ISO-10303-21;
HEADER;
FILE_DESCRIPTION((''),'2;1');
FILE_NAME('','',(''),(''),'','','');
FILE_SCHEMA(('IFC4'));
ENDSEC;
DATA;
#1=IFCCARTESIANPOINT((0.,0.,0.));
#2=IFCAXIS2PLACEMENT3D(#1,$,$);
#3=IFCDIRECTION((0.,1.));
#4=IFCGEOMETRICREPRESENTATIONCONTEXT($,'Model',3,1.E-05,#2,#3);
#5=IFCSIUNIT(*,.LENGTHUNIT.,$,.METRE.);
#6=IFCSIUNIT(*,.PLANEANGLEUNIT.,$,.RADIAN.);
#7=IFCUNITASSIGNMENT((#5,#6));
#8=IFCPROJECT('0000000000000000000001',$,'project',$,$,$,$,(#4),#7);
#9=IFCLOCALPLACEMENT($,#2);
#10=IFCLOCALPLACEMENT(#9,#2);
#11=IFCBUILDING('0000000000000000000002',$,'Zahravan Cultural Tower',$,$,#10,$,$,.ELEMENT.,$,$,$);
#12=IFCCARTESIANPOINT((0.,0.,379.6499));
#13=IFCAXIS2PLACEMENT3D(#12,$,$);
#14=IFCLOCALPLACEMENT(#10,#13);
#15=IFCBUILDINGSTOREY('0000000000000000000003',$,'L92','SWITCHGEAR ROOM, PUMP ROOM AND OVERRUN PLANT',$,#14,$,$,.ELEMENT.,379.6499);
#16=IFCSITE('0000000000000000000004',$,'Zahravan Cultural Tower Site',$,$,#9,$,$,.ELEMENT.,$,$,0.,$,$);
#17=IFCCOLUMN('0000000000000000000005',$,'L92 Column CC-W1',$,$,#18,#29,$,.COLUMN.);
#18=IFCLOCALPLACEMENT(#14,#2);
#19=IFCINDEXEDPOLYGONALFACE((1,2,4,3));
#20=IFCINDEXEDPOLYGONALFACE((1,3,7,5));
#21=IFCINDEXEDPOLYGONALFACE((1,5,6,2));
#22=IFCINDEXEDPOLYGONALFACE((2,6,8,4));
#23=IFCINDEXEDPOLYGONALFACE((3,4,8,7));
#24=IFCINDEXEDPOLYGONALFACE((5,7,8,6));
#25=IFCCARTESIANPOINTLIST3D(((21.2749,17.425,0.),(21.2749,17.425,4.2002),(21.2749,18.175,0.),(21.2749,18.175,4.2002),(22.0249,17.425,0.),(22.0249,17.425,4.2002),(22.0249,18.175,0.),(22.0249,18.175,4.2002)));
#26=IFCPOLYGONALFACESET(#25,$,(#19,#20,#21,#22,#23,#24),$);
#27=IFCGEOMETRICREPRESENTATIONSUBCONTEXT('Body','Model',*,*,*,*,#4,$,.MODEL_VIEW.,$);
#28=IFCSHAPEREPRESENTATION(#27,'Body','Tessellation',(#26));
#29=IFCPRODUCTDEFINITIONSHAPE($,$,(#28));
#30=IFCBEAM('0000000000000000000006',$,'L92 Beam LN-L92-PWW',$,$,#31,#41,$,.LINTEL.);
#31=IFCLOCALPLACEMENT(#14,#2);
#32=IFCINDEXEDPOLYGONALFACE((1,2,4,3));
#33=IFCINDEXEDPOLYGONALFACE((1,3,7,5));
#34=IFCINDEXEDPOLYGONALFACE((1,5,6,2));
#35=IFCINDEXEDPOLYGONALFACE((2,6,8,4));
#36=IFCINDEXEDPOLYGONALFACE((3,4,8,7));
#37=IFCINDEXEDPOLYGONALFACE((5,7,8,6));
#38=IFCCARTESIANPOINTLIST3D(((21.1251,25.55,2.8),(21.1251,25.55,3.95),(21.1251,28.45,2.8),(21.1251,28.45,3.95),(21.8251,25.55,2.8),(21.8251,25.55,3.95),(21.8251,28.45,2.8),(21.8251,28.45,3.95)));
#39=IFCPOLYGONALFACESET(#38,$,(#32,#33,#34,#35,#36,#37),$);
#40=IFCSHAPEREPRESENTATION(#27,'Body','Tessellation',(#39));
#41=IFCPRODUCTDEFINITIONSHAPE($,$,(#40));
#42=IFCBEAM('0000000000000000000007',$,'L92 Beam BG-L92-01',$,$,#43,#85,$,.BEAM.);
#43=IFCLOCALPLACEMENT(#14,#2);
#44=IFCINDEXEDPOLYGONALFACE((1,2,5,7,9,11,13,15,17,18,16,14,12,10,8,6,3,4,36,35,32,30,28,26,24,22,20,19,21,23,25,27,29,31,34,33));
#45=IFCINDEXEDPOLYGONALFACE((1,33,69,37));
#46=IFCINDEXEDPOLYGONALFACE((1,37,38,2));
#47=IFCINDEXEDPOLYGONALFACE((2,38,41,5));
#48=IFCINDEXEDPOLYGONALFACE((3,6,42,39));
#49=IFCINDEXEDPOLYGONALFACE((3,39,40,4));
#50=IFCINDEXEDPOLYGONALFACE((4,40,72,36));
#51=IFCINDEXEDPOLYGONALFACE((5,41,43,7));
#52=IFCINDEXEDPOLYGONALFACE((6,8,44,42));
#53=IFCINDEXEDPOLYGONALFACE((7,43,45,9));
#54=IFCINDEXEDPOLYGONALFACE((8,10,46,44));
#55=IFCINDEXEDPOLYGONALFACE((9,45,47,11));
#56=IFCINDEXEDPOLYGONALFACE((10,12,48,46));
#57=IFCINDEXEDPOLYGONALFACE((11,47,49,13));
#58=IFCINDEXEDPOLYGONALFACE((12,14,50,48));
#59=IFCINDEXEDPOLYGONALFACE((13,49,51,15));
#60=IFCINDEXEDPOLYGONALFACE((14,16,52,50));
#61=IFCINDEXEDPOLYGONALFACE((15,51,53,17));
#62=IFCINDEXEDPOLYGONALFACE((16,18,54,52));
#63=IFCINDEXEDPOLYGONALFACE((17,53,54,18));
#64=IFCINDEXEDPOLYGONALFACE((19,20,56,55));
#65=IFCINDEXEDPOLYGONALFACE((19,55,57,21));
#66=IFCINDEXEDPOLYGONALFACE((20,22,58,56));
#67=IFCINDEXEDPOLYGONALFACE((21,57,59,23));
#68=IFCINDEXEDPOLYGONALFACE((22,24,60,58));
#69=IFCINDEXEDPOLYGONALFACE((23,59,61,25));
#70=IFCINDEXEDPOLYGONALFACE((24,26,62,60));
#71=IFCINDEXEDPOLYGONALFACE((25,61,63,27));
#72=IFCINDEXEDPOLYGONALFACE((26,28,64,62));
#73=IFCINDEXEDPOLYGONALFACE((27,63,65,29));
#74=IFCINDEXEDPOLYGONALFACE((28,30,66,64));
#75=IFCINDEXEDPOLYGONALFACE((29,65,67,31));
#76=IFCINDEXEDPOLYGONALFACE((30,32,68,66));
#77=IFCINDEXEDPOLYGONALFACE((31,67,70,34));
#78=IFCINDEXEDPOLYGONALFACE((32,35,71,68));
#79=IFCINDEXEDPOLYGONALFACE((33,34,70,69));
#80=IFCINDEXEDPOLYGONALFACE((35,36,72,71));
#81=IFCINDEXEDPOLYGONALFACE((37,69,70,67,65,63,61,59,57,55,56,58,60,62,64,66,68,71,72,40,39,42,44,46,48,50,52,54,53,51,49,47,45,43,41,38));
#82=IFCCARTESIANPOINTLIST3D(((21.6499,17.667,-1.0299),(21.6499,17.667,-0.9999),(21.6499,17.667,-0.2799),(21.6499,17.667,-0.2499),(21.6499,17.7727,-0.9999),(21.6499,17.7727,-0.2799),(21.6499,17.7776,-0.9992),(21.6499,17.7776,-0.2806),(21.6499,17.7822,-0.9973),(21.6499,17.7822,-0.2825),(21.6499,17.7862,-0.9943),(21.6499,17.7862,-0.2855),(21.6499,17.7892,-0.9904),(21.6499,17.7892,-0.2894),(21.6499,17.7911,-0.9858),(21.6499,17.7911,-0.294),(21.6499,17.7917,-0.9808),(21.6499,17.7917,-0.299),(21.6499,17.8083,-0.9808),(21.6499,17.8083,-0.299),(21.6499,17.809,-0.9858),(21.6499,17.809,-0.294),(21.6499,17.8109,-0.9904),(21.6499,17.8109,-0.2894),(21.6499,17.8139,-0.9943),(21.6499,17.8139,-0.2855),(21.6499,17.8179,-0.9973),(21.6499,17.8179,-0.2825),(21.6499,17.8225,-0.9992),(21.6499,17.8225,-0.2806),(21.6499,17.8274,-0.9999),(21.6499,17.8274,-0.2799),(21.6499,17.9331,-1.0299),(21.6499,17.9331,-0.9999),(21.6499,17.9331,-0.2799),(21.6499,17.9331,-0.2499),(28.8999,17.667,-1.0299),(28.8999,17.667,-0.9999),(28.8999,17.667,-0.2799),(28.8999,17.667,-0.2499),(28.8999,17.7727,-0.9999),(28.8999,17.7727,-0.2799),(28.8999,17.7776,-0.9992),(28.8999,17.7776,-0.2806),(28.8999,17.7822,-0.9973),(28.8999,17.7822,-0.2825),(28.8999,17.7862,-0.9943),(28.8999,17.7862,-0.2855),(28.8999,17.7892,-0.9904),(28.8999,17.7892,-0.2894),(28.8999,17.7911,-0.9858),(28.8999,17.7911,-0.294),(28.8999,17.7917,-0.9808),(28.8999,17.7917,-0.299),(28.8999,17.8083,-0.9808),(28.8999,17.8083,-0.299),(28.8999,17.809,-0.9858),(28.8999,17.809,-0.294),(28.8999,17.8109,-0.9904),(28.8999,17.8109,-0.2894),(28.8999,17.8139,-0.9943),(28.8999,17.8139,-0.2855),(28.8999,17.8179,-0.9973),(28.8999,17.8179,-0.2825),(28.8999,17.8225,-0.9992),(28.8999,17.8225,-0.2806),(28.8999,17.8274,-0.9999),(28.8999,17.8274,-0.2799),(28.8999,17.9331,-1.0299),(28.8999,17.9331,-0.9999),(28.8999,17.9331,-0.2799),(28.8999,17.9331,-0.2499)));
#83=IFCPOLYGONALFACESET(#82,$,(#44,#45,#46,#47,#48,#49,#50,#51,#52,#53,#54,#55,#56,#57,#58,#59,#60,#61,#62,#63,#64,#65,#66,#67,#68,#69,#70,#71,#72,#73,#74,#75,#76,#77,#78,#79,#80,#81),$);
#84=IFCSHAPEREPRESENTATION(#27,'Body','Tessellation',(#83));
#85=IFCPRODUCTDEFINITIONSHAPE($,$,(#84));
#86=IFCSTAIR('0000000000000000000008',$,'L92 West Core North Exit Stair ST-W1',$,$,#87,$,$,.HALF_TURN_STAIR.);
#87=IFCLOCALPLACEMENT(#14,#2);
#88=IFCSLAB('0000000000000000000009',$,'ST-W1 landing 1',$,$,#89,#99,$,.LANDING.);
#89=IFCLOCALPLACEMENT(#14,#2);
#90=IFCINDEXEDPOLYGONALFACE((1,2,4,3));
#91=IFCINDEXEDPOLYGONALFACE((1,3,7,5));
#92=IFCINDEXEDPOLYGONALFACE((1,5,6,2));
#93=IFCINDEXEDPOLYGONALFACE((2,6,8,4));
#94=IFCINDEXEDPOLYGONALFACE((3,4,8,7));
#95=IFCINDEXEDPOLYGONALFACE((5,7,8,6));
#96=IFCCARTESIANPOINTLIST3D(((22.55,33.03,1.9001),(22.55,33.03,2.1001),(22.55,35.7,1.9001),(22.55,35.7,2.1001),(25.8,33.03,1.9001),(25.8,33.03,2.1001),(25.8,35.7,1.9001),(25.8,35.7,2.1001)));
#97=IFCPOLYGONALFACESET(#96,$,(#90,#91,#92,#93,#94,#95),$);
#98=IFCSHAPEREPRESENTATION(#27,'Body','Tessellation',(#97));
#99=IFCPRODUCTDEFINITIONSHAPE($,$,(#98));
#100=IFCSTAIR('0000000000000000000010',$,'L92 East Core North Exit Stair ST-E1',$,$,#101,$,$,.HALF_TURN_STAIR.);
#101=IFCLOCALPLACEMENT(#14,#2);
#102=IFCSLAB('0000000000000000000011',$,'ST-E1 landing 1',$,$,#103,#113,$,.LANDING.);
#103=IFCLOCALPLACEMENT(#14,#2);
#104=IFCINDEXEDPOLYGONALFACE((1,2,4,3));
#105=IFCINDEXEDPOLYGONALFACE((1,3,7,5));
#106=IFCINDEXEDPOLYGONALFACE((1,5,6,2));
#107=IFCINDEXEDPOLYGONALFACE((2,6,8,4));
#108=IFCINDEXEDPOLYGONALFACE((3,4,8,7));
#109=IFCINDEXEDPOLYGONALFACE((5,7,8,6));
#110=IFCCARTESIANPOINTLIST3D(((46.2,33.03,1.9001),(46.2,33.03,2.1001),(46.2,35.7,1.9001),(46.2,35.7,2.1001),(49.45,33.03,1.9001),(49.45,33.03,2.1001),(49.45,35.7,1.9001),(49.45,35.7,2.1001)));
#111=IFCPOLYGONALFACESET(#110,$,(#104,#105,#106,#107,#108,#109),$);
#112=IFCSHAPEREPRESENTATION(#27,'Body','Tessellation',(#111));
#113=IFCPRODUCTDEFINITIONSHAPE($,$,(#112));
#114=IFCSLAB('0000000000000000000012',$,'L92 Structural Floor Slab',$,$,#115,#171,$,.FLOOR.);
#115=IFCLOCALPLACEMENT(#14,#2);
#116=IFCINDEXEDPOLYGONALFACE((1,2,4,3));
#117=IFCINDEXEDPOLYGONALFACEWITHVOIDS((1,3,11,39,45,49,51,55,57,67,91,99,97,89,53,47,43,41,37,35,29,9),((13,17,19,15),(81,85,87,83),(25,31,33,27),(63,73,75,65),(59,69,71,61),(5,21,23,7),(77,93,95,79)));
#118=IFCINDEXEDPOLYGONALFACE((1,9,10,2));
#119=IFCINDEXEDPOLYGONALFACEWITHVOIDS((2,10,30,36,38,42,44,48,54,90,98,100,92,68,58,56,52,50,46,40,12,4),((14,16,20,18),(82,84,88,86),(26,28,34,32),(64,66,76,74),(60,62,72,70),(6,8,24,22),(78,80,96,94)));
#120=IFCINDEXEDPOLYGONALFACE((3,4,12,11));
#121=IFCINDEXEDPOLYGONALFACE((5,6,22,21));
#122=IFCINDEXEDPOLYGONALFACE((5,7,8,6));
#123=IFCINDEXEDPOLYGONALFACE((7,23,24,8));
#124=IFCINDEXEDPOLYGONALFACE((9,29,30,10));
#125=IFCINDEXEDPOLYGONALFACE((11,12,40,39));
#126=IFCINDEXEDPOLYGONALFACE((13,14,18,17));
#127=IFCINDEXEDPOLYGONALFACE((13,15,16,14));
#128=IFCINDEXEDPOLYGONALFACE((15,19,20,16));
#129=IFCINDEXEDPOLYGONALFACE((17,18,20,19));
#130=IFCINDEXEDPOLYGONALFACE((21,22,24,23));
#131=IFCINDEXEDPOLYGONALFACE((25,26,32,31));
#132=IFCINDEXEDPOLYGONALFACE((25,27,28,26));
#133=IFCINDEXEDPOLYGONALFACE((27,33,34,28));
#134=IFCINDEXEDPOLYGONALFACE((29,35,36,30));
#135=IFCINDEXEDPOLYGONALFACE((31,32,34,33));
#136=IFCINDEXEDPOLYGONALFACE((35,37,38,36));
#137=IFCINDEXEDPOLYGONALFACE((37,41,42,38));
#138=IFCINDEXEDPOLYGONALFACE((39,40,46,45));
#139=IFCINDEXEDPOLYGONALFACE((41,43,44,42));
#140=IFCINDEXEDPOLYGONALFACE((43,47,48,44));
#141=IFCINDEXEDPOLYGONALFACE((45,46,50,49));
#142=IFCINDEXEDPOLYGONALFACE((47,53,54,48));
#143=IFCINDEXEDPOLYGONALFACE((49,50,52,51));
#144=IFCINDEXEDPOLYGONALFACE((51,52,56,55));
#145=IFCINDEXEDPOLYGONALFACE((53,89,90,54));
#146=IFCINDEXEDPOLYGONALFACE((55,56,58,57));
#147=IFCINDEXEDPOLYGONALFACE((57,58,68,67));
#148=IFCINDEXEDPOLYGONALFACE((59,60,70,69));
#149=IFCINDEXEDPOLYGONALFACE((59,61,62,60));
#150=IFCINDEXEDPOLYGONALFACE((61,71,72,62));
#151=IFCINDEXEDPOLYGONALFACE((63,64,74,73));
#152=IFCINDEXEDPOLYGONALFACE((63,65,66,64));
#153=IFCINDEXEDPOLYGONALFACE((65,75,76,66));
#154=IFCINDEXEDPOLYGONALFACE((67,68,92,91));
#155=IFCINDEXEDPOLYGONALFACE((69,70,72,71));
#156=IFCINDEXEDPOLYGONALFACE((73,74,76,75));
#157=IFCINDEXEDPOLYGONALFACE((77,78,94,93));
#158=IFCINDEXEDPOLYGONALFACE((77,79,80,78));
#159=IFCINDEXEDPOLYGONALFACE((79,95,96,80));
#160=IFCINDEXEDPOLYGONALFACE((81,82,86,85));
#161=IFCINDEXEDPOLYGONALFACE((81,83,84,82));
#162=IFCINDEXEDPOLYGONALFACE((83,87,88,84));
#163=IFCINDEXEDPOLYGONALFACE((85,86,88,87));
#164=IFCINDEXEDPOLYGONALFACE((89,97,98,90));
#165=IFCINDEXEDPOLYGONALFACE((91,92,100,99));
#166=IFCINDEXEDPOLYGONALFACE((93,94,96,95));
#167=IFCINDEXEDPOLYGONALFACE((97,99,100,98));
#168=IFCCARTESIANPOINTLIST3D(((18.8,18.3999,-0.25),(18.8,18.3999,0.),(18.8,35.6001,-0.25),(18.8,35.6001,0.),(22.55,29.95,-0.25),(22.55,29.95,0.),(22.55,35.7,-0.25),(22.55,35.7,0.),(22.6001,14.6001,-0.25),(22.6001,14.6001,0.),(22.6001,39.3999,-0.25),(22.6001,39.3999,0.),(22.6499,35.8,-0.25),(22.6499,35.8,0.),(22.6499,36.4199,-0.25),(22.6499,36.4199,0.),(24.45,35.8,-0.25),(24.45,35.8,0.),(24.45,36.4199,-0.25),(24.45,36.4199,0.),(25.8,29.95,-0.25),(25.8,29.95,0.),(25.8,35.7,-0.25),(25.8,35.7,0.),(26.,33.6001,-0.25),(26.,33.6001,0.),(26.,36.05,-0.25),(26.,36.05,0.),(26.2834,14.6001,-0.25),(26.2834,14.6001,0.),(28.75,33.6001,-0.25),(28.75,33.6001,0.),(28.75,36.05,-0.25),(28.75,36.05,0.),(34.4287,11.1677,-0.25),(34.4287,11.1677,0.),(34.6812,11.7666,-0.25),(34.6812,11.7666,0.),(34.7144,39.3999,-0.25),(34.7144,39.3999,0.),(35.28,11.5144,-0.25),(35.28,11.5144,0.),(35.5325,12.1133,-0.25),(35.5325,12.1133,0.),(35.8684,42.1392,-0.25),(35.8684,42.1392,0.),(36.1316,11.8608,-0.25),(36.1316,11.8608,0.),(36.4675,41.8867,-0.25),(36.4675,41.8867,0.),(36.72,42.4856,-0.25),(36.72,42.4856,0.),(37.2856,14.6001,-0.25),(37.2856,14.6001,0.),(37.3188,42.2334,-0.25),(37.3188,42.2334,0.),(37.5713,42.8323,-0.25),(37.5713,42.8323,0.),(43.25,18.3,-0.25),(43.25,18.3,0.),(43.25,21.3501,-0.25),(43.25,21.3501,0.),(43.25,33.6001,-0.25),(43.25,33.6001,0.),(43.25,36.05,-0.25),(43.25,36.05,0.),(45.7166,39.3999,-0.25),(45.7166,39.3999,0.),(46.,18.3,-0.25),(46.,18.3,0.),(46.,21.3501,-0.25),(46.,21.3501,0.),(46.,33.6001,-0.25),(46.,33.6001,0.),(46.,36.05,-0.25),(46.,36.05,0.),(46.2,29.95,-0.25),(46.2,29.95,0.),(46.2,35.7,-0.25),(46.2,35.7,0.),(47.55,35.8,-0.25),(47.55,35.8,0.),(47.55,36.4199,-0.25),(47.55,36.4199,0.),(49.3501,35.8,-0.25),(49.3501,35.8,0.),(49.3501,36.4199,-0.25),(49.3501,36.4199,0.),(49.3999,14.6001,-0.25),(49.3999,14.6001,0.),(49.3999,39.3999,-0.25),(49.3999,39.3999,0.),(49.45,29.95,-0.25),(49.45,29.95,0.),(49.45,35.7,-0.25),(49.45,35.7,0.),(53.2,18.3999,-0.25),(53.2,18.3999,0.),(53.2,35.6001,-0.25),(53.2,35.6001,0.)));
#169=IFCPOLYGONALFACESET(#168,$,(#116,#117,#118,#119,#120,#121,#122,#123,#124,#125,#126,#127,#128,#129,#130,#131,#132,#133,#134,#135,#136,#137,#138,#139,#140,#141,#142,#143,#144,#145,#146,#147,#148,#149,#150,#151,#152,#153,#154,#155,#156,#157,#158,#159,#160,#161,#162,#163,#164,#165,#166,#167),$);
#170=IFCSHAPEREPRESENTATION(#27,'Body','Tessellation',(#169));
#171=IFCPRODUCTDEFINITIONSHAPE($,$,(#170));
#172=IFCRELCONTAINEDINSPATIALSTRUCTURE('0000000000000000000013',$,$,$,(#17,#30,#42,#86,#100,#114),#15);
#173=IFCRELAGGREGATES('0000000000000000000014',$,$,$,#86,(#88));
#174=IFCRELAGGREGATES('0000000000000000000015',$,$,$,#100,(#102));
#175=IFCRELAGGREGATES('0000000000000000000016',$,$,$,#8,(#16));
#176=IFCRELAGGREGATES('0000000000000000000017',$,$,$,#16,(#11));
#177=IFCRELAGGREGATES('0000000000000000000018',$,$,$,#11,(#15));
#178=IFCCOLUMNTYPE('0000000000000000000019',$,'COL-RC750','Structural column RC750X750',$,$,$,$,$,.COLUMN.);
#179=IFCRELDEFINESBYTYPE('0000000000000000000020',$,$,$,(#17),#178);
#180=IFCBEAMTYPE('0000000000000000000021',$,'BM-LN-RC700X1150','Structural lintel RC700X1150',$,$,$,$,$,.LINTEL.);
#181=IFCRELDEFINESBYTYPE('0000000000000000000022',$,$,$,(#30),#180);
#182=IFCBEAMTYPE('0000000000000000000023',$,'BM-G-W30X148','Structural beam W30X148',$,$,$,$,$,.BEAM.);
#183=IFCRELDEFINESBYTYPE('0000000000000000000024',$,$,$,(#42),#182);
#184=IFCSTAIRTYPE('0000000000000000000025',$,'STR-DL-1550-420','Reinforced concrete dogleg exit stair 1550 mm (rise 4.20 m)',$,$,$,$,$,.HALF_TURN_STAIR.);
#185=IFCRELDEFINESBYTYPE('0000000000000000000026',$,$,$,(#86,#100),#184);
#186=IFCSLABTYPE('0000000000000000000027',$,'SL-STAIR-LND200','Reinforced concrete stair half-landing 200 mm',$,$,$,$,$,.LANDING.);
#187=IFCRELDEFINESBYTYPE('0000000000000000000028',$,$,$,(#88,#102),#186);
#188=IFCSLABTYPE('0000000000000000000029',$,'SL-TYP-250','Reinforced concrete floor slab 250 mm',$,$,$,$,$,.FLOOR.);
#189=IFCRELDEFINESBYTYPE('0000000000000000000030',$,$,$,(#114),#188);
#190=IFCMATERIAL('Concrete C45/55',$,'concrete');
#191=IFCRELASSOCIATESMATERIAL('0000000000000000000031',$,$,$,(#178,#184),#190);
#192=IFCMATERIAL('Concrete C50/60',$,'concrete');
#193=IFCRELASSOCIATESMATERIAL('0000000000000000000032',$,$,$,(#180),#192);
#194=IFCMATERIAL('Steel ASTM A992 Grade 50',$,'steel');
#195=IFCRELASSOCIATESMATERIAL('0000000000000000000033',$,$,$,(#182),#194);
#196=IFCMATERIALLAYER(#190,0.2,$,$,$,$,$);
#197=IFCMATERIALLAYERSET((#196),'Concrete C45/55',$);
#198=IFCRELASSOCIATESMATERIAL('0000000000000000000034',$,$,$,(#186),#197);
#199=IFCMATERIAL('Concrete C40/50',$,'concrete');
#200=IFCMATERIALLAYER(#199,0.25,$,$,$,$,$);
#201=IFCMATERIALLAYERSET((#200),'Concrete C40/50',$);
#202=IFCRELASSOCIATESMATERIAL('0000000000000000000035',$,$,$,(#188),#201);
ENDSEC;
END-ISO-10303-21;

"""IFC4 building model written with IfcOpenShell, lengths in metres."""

from ifc_helpers import new_model, si_unit, direction, frame, origin, origin_2d, place, context, subcontext, project, spatial, polyline, rectangle, i_section, outline, extrude, source, transform, mapped, material, layer, layer_set, material_profile, profile_set, type_object, element, aggregate, save


model = new_model("IFC4")

# Units and contexts
model_context = context("Model", 3, precision=1e-05, world=origin(), true_north=direction((0.0, 1.0)))
body_context = subcontext(model_context, "Body", "Model", "MODEL_VIEW")
ifc_project = project(units=[si_unit("LENGTHUNIT", "METRE"), si_unit("PLANEANGLEUNIT", "RADIAN")], contexts=[model_context])

# Site, building, storey
site_placement = place(None, origin())
site = spatial("IfcSite", under=ifc_project, at=site_placement, Name="Zahravan Cultural Tower Site", CompositionType="ELEMENT", RefElevation=0.0)
building_placement = place(site_placement, origin())
building = spatial("IfcBuilding", under=site, at=building_placement, Name="Zahravan Cultural Tower", CompositionType="ELEMENT")
storey_placement = place(building_placement, frame((0.0, 0.0, 379.6499)))
storey = spatial("IfcBuildingStorey", under=building, at=storey_placement, Name="L92", Description="SWITCHGEAR ROOM, PUMP ROOM AND OVERRUN PLANT", CompositionType="ELEMENT", Elevation=379.6499)

# Column
ifc_material_1 = material(Name="Concrete C45/55", Category="concrete")
ifc_material_profile_1 = material_profile(ifc_material_1, rectangle(XDim=0.75, YDim=0.75, at=origin_2d()), Name="RC750X750")
ifc_profile_set_1 = profile_set([ifc_material_profile_1], Name="Concrete C45/55")
column_type = type_object("IfcColumnType", Name="COL-RC750", Description="Structural column RC750X750", PredefinedType="COLUMN", material=ifc_profile_set_1)
shared_shape_1 = source(origin(), body_context, "Body", "SweptSolid", [
    extrude(rectangle(XDim=0.75, YDim=0.75, at=origin_2d()), origin(), (0.0, 0.0, 1.0), 4.2002),
])
column_placement = place(storey_placement, frame((21.6499, 17.8, 0.0), z_axis=(0.0, 0.0, 1.0), x_axis=(1.0, 0.0, 0.0)))
element("IfcColumn", 1, at=column_placement, inside=storey, type_object=column_type, Name="L92 Column CC-W1", PredefinedType="COLUMN", context=body_context, shape_type="MappedRepresentation", body=[
    mapped(shared_shape_1, transform((0.0, 0.0, 0.0), x_axis=(1.0, 0.0, 0.0), y_axis=(0.0, 1.0, 0.0), z_axis=(0.0, 0.0, 1.0), scale=1.0)),
])

# Beams
ifc_material_2 = material(Name="Concrete C50/60", Category="concrete")
ifc_material_profile_2 = material_profile(ifc_material_2, rectangle(XDim=0.7, YDim=1.1499, at=origin_2d()), Name="RC700X1150")
ifc_profile_set_2 = profile_set([ifc_material_profile_2], Name="Concrete C50/60")
beam_type_1 = type_object("IfcBeamType", Name="BM-LN-RC700X1150", Description="Structural lintel RC700X1150", PredefinedType="LINTEL", material=ifc_profile_set_2)
shared_shape_2 = source(origin(), body_context, "Body", "SweptSolid", [
    extrude(rectangle(XDim=0.7, YDim=1.1499, at=origin_2d()), origin(), (0.0, 0.0, 1.0), 2.8999),
])
beam_1_placement = place(storey_placement, frame((21.4751, 25.55, 3.375), z_axis=(0.0, 1.0, 0.0), x_axis=(-1.0, 0.0, 0.0)))
element("IfcBeam", 2, at=beam_1_placement, inside=storey, type_object=beam_type_1, Name="L92 Beam LN-L92-PWW", PredefinedType="LINTEL", context=body_context, shape_type="MappedRepresentation", body=[
    mapped(shared_shape_2, transform((0.0, 0.0, 0.0), x_axis=(1.0, 0.0, 0.0), y_axis=(0.0, 1.0, 0.0), z_axis=(0.0, 0.0, 1.0), scale=1.0)),
])
ifc_material_3 = material(Name="Steel ASTM A992 Grade 50", Category="steel")
ifc_material_profile_3 = material_profile(ifc_material_3, i_section(OverallWidth=0.2661, OverallDepth=0.78, WebThickness=0.0166, FlangeThickness=0.03, FilletRadius=0.019, at=origin_2d()), Name="W30X148")
ifc_profile_set_3 = profile_set([ifc_material_profile_3], Name="Steel ASTM A992 Grade 50")
beam_type_2 = type_object("IfcBeamType", Name="BM-G-W30X148", Description="Structural beam W30X148", PredefinedType="BEAM", material=ifc_profile_set_3)
shared_shape_3 = source(origin(), body_context, "Body", "SweptSolid", [
    extrude(i_section(OverallWidth=0.2661, OverallDepth=0.78, WebThickness=0.0166, FlangeThickness=0.03, FilletRadius=0.019, at=origin_2d()), origin(), (0.0, 0.0, 1.0), 7.25),
])
beam_2_placement = place(storey_placement, frame((21.6499, 17.8, -0.6399), z_axis=(1.0, 0.0, 0.0), x_axis=(0.0, 1.0, 0.0)))
element("IfcBeam", 3, at=beam_2_placement, inside=storey, type_object=beam_type_2, Name="L92 Beam BG-L92-01", PredefinedType="BEAM", context=body_context, shape_type="MappedRepresentation", body=[
    mapped(shared_shape_3, transform((0.0, 0.0, 0.0), x_axis=(1.0, 0.0, 0.0), y_axis=(0.0, 1.0, 0.0), z_axis=(0.0, 0.0, 1.0), scale=1.0)),
])

# Stairs, slabs
stair_type = type_object("IfcStairType", Name="STR-DL-1550-420", Description="Reinforced concrete dogleg exit stair 1550 mm (rise 4.20 m)", PredefinedType="HALF_TURN_STAIR", material=ifc_material_1)
stair_1_placement = place(storey_placement, origin())
stair_1 = element("IfcStair", 4, at=stair_1_placement, inside=storey, type_object=stair_type, Name="L92 West Core North Exit Stair ST-W1", PredefinedType="HALF_TURN_STAIR")
ifc_layer_1 = layer(ifc_material_1, 0.2)
ifc_layer_set_1 = layer_set([ifc_layer_1], Name="Concrete C45/55")
slab_type_1 = type_object("IfcSlabType", Name="SL-STAIR-LND200", Description="Reinforced concrete stair half-landing 200 mm", PredefinedType="LANDING", material=ifc_layer_set_1)
slab_1_placement = place(storey_placement, frame((0.0, 0.0, 1.9001)))
slab_1 = element("IfcSlab", 5, at=slab_1_placement, type_object=slab_type_1, Name="ST-W1 landing 1", PredefinedType="LANDING", context=body_context, shape_type="SweptSolid", body=[
    extrude(outline(polyline([(25.8, 33.03), (25.8, 35.7), (22.55, 35.7), (22.55, 33.03), (25.8, 33.03)])), origin(), (0.0, 0.0, 1.0), 0.2),
])
aggregate(stair_1, [slab_1])
stair_2_placement = place(storey_placement, origin())
stair_2 = element("IfcStair", 6, at=stair_2_placement, inside=storey, type_object=stair_type, Name="L92 East Core North Exit Stair ST-E1", PredefinedType="HALF_TURN_STAIR")
slab_2_placement = place(storey_placement, frame((0.0, 0.0, 1.9001)))
slab_2 = element("IfcSlab", 7, at=slab_2_placement, type_object=slab_type_1, Name="ST-E1 landing 1", PredefinedType="LANDING", context=body_context, shape_type="SweptSolid", body=[
    extrude(outline(polyline([(49.45, 33.03), (49.45, 35.7), (46.2, 35.7), (46.2, 33.03), (49.45, 33.03)])), origin(), (0.0, 0.0, 1.0), 0.2),
])
aggregate(stair_2, [slab_2])

# Slab
ifc_material_4 = material(Name="Concrete C40/50", Category="concrete")
ifc_layer_2 = layer(ifc_material_4, 0.25)
ifc_layer_set_2 = layer_set([ifc_layer_2], Name="Concrete C40/50")
slab_type_2 = type_object("IfcSlabType", Name="SL-TYP-250", Description="Reinforced concrete floor slab 250 mm", PredefinedType="FLOOR", material=ifc_layer_set_2)
slab_3_placement = place(storey_placement, frame((0.0, 0.0, -0.25)))
element("IfcSlab", 8, at=slab_3_placement, inside=storey, type_object=slab_type_2, Name="L92 Structural Floor Slab", PredefinedType="FLOOR", context=body_context, shape_type="SweptSolid", body=[
    extrude(outline(polyline([(34.7144, 39.3999), (22.6001, 39.3999), (18.8, 35.6001), (18.8, 18.3999), (22.6001, 14.6001), (26.2834, 14.6001), (34.4287, 11.1677), (34.6812, 11.7666), (35.28, 11.5144), (35.5325, 12.1133), (36.1316, 11.8608), (37.2856, 14.6001), (49.3999, 14.6001), (53.2, 18.3999), (53.2, 35.6001), (49.3999, 39.3999), (45.7166, 39.3999), (37.5713, 42.8323), (37.3188, 42.2334), (36.72, 42.4856), (36.4675, 41.8867), (35.8684, 42.1392), (34.7144, 39.3999)]), holes=[polyline([(22.55, 29.95), (22.55, 35.7), (25.8, 35.7), (25.8, 29.95), (22.55, 29.95)]), polyline([(46.2, 29.95), (46.2, 35.7), (49.45, 35.7), (49.45, 29.95), (46.2, 29.95)]), polyline([(26.0, 33.6001), (26.0, 36.05), (28.75, 36.05), (28.75, 33.6001), (26.0, 33.6001)]), polyline([(43.25, 33.6001), (43.25, 36.05), (46.0, 36.05), (46.0, 33.6001), (43.25, 33.6001)]), polyline([(43.25, 18.3), (43.25, 21.3501), (46.0, 21.3501), (46.0, 18.3), (43.25, 18.3)]), polyline([(22.6499, 35.8), (22.6499, 36.4199), (24.45, 36.4199), (24.45, 35.8), (22.6499, 35.8)]), polyline([(47.55, 35.8), (47.55, 36.4199), (49.3501, 36.4199), (49.3501, 35.8), (47.55, 35.8)])]), origin(), (0.0, 0.0, 1.0), 0.25),
])

save(model, "model.ifc")
